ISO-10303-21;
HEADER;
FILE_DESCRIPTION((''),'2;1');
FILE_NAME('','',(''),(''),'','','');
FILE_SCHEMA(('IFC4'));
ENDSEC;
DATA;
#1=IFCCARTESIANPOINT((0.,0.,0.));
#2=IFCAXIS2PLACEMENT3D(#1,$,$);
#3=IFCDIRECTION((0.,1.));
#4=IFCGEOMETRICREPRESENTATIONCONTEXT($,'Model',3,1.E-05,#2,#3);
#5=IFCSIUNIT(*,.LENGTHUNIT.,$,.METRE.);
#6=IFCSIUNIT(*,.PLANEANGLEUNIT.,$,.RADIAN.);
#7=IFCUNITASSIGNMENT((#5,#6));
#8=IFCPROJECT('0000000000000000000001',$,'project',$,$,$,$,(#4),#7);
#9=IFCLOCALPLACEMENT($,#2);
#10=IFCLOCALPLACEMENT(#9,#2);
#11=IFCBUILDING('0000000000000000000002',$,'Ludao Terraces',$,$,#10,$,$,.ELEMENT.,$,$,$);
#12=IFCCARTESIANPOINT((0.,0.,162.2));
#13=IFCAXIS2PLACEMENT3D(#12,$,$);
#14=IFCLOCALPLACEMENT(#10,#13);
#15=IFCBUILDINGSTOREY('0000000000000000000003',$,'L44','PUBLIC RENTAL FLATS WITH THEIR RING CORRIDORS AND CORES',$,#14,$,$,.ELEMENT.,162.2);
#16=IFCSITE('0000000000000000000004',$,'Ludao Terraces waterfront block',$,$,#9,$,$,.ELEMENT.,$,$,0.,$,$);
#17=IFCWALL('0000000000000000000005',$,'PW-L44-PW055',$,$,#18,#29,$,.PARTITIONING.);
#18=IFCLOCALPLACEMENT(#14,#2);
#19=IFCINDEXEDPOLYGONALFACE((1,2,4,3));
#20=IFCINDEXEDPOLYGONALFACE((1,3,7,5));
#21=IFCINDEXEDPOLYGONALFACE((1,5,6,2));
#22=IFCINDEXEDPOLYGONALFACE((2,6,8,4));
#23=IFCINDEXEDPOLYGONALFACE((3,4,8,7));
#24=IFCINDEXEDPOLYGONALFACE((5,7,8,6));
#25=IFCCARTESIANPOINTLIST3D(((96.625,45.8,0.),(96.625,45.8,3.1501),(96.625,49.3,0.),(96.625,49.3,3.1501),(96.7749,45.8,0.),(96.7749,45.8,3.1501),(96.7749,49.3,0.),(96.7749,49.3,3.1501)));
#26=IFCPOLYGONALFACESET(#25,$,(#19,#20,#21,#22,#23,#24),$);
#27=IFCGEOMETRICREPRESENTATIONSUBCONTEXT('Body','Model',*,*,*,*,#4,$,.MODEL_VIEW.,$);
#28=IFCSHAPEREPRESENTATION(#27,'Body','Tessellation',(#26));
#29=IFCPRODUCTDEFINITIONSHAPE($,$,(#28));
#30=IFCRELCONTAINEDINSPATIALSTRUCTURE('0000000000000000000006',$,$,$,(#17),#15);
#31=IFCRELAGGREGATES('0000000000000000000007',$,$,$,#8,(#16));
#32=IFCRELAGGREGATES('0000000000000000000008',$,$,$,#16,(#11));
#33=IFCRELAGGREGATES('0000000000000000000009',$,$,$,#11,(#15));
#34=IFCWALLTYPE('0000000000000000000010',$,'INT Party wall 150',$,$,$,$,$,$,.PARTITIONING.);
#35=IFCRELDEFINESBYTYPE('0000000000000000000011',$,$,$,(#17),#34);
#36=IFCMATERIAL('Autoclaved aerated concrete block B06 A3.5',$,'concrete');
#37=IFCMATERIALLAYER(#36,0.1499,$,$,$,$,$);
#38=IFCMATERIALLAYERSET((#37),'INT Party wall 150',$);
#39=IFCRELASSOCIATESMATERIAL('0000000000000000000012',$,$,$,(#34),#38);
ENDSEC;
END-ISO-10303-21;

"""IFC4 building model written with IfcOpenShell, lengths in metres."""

from ifc_helpers import new_model, si_unit, direction, frame, frame_2d, origin, place, context, subcontext, project, spatial, rectangle, extrude, material, layer, layer_set, type_object, element, save


model = new_model("IFC4")

# Units and contexts
model_context = context("Model", 3, precision=1e-05, world=origin(), true_north=direction((0.0, 1.0)))
body_context = subcontext(model_context, "Body", "Model", "MODEL_VIEW")
ifc_project = project(units=[si_unit("LENGTHUNIT", "METRE"), si_unit("PLANEANGLEUNIT", "RADIAN")], contexts=[model_context])

# Site, building, storey
site_placement = place(None, origin())
site = spatial("IfcSite", under=ifc_project, at=site_placement, Name="Ludao Terraces waterfront block", CompositionType="ELEMENT", RefElevation=0.0)
building_placement = place(site_placement, origin())
building = spatial("IfcBuilding", under=site, at=building_placement, Name="Ludao Terraces", CompositionType="ELEMENT")
storey_placement = place(building_placement, frame((0.0, 0.0, 162.2)))
storey = spatial("IfcBuildingStorey", under=building, at=storey_placement, Name="L44", Description="PUBLIC RENTAL FLATS WITH THEIR RING CORRIDORS AND CORES", CompositionType="ELEMENT", Elevation=162.2)

# Shared definitions
ifc_material_1 = material(Name="Autoclaved aerated concrete block B06 A3.5", Category="concrete")

# Wall
ifc_layer_1 = layer(ifc_material_1, 0.1499)
ifc_layer_set_1 = layer_set([ifc_layer_1], Name="INT Party wall 150")
wall_type_1 = type_object("IfcWallType", Name="INT Party wall 150", PredefinedType="PARTITIONING", material=ifc_layer_set_1)
wall_1_placement = place(storey_placement, frame((96.7, 45.8, 0.0), z_axis=(0.0, 0.0, 1.0), x_axis=(0.0, 1.0, 0.0)))
element("IfcWall", 1, at=wall_1_placement, inside=storey, type_object=wall_type_1, Name="PW-L44-PW055", PredefinedType="PARTITIONING", context=body_context, shape_type="SweptSolid", body=[
    extrude(rectangle(XDim=3.5, YDim=0.1499, at=frame_2d((1.75, 0.0))), origin(), (0.0, 0.0, 1.0), 3.1501),
])

save(model, "model.ifc")
